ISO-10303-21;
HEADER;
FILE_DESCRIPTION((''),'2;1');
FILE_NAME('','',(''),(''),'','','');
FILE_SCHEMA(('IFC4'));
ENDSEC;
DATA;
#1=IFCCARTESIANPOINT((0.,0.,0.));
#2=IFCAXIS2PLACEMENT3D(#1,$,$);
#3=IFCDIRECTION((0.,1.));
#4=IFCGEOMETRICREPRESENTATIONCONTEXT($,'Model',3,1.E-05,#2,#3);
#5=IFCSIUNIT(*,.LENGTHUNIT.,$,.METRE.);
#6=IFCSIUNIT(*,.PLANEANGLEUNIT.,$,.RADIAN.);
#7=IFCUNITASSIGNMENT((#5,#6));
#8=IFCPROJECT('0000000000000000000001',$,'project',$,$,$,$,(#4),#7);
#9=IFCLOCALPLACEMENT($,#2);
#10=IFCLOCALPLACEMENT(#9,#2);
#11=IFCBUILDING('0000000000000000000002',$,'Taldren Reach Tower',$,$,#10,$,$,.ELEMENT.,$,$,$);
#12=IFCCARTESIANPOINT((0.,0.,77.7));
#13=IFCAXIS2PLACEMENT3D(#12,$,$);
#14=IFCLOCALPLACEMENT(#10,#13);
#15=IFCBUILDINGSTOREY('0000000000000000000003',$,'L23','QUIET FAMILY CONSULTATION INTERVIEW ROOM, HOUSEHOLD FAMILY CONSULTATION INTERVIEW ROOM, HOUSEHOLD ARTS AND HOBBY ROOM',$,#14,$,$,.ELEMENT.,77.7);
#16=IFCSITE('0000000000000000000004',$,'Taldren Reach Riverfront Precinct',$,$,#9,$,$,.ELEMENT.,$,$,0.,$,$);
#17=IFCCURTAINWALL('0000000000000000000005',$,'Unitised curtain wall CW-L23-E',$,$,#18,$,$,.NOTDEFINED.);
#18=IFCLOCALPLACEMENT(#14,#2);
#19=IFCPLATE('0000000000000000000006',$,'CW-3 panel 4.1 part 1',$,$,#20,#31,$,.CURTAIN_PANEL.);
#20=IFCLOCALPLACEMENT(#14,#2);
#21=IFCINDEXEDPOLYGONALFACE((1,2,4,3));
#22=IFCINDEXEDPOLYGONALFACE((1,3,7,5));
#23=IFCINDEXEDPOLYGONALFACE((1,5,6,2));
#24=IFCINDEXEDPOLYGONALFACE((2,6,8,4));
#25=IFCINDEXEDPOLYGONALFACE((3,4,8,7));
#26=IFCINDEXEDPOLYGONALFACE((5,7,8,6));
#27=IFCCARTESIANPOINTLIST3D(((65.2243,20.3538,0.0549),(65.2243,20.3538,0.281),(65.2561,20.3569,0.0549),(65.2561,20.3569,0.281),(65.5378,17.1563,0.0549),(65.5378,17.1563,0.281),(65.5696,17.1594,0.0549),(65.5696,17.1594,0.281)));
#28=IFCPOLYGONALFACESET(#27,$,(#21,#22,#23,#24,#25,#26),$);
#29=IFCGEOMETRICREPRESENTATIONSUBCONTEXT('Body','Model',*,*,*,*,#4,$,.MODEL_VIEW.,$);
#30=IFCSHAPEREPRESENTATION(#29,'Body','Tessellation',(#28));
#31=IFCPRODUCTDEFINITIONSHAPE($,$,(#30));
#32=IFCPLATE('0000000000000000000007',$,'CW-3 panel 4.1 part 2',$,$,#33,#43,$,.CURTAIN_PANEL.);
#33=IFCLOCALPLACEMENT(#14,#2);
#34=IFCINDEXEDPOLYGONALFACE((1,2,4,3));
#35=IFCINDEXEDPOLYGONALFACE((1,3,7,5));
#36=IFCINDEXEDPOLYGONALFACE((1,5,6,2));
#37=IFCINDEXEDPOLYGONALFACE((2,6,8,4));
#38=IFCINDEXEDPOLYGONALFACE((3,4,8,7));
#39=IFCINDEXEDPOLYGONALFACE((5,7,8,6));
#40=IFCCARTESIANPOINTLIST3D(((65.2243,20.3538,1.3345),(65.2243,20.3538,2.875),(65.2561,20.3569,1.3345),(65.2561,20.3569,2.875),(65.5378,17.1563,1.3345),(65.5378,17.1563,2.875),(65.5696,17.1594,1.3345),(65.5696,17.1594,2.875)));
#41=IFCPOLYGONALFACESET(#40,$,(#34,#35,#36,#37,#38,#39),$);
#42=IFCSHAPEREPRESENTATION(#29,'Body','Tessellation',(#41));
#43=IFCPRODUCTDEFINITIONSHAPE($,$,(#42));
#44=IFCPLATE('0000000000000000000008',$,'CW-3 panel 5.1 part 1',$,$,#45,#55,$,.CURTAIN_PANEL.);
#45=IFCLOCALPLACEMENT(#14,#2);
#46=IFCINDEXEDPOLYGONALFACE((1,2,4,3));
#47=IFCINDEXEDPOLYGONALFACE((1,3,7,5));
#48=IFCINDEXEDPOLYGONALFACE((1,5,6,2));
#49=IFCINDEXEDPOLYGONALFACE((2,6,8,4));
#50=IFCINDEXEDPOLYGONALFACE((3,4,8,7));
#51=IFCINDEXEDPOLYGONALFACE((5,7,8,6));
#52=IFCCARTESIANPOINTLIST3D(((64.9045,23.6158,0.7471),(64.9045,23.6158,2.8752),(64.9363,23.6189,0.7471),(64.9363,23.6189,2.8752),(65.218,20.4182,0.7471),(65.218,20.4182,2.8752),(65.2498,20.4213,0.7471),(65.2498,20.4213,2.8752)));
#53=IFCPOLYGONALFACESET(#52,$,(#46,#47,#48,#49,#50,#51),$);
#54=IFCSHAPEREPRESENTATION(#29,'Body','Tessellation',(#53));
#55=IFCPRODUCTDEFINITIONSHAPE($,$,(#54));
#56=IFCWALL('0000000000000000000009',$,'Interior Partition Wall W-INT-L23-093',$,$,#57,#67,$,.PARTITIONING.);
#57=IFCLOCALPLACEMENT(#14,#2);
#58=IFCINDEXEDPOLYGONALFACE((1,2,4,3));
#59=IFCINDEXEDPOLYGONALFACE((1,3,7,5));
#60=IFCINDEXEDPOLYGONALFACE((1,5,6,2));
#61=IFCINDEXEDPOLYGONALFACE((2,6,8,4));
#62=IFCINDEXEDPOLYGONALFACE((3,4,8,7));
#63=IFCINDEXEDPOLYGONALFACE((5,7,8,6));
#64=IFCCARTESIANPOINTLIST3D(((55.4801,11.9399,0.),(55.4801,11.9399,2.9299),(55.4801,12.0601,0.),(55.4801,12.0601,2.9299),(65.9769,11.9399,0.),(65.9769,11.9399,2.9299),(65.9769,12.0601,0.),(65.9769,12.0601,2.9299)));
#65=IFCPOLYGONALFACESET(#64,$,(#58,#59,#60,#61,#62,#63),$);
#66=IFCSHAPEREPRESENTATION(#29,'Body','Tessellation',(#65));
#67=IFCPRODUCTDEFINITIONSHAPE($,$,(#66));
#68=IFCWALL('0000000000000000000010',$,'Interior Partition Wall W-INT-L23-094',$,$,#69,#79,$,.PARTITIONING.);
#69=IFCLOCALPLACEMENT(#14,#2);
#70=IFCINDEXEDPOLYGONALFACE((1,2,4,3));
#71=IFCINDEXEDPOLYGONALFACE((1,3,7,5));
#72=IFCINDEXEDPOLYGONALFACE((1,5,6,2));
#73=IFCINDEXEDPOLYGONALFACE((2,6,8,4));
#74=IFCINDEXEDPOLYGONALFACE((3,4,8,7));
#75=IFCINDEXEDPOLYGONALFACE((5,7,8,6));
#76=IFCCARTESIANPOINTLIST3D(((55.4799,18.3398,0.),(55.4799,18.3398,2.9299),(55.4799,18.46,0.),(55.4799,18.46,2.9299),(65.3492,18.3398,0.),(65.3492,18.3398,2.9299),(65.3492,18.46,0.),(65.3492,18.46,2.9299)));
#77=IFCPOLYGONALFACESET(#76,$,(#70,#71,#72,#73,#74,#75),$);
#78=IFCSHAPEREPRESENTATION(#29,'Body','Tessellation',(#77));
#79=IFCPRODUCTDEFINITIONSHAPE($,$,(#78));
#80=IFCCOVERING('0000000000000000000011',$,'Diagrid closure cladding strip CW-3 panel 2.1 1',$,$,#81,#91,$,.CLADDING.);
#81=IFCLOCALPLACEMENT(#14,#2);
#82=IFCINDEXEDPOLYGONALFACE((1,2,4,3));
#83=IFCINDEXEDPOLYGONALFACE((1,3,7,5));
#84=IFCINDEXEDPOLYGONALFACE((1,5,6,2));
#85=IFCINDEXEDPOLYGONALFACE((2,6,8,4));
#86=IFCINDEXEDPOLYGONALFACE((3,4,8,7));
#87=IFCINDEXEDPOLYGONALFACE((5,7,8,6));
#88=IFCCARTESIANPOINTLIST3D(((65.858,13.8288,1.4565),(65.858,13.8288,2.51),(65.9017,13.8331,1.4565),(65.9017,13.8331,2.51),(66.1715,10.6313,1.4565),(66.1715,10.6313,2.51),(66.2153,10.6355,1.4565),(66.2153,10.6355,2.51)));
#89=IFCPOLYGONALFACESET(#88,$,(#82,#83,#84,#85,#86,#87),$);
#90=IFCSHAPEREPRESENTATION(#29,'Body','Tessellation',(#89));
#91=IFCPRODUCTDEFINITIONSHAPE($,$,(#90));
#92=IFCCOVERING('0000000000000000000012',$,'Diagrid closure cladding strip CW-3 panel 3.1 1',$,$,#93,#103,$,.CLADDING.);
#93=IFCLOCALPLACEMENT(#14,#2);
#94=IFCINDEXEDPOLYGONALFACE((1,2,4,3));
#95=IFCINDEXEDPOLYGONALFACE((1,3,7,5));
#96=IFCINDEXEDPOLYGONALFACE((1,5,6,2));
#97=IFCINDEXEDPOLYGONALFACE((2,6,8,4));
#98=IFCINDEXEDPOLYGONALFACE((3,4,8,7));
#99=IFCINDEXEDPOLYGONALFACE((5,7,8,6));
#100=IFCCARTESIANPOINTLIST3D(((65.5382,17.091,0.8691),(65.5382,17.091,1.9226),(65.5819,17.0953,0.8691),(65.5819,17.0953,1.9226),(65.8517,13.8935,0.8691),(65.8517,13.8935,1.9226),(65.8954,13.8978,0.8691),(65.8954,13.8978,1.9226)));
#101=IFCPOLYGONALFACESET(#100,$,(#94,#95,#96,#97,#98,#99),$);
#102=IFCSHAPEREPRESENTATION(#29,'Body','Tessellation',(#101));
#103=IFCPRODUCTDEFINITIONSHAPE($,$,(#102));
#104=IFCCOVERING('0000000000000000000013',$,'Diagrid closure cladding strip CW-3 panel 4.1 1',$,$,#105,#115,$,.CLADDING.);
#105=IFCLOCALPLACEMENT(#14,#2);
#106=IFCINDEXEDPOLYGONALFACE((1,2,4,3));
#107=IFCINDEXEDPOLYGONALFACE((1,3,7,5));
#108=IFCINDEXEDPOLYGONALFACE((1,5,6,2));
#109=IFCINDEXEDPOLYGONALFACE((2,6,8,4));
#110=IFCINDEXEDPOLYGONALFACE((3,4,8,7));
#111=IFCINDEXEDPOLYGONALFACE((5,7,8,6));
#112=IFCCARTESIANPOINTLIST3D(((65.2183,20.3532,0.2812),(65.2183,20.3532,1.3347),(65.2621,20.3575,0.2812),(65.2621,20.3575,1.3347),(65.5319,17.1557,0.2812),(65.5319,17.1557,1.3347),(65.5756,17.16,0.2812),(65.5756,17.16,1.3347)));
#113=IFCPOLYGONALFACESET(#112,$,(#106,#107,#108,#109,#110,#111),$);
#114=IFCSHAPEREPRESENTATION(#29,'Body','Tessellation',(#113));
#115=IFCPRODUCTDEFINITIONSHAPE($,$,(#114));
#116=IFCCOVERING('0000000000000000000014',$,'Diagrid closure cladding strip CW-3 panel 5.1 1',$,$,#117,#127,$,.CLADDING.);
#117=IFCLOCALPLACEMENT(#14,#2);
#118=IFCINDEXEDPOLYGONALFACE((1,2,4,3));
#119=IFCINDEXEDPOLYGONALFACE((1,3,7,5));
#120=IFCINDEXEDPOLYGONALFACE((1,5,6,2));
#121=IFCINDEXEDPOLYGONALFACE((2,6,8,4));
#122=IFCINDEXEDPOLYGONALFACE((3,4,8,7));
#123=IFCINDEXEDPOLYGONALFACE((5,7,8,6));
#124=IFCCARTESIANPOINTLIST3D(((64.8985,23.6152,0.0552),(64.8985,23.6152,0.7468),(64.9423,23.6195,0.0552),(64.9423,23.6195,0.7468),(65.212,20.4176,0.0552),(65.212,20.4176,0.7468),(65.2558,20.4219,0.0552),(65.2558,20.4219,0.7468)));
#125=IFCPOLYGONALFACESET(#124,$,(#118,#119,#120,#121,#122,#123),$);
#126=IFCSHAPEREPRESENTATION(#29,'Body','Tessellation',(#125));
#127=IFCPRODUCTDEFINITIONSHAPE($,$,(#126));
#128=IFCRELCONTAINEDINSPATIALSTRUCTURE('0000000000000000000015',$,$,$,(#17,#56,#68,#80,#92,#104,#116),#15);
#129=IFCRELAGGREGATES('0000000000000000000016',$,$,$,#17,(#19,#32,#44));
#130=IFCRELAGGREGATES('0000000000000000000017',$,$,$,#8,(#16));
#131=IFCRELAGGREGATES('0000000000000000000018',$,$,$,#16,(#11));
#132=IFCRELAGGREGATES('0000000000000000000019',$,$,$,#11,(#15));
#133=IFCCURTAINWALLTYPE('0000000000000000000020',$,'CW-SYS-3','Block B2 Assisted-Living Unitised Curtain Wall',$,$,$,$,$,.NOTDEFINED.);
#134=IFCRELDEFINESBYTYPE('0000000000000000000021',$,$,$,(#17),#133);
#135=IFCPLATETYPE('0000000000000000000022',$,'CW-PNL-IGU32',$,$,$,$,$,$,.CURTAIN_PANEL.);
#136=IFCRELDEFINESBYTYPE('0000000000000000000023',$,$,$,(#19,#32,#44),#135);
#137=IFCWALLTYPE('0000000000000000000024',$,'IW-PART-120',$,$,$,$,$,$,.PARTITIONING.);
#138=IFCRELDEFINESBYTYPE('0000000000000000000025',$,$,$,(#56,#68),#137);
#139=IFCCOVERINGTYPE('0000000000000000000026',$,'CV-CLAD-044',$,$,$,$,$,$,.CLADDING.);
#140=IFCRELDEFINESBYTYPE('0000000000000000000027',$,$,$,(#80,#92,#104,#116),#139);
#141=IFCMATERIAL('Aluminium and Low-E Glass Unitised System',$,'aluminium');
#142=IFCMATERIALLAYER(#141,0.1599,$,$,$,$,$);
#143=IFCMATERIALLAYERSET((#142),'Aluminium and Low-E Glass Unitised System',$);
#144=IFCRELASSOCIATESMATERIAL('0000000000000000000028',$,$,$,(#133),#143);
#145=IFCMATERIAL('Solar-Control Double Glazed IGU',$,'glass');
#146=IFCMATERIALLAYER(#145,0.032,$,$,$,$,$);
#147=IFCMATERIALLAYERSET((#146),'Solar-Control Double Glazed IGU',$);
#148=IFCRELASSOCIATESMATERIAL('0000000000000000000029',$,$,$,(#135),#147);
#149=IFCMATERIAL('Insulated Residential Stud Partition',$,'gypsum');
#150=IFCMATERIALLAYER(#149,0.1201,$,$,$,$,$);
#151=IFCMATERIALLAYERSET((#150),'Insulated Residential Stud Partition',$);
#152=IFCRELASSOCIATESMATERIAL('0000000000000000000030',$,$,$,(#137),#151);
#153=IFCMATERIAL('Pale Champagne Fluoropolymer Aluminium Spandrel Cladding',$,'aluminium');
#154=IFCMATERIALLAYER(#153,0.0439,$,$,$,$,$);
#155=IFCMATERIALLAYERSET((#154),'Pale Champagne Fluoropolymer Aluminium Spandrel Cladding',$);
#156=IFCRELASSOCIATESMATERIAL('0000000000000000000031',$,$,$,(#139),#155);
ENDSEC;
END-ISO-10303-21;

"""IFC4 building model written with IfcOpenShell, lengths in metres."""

from ifc_helpers import new_model, si_unit, direction, frame, frame_2d, origin, origin_2d, place, context, subcontext, project, spatial, rectangle, extrude, source, transform, mapped, material, layer, layer_set, type_object, element, aggregate, save


model = new_model("IFC4")

# Units and contexts
model_context = context("Model", 3, precision=1e-05, world=origin(), true_north=direction((0.0, 1.0)))
body_context = subcontext(model_context, "Body", "Model", "MODEL_VIEW")
ifc_project = project(units=[si_unit("LENGTHUNIT", "METRE"), si_unit("PLANEANGLEUNIT", "RADIAN")], contexts=[model_context])

# Site, building, storey
site_placement = place(None, origin())
site = spatial("IfcSite", under=ifc_project, at=site_placement, Name="Taldren Reach Riverfront Precinct", CompositionType="ELEMENT", RefElevation=0.0)
building_placement = place(site_placement, origin())
building = spatial("IfcBuilding", under=site, at=building_placement, Name="Taldren Reach Tower", CompositionType="ELEMENT")
storey_placement = place(building_placement, frame((0.0, 0.0, 77.7)))
storey = spatial("IfcBuildingStorey", under=building, at=storey_placement, Name="L23", Description="QUIET FAMILY CONSULTATION INTERVIEW ROOM, HOUSEHOLD FAMILY CONSULTATION INTERVIEW ROOM, HOUSEHOLD ARTS AND HOBBY ROOM", CompositionType="ELEMENT", Elevation=77.7)

# Curtain wall
ifc_material_1 = material(Name="Aluminium and Low-E Glass Unitised System", Category="aluminium")
ifc_layer_1 = layer(ifc_material_1, 0.1599)
ifc_layer_set_1 = layer_set([ifc_layer_1], Name="Aluminium and Low-E Glass Unitised System")
curtain_wall_type = type_object("IfcCurtainWallType", Name="CW-SYS-3", Description="Block B2 Assisted-Living Unitised Curtain Wall", PredefinedType="NOTDEFINED", material=ifc_layer_set_1)
curtain_wall_placement = place(storey_placement, origin())
curtain_wall = element("IfcCurtainWall", 1, at=curtain_wall_placement, inside=storey, type_object=curtain_wall_type, Name="Unitised curtain wall CW-L23-E", PredefinedType="NOTDEFINED")

# Plates
ifc_material_2 = material(Name="Solar-Control Double Glazed IGU", Category="glass")
ifc_layer_2 = layer(ifc_material_2, 0.032)
ifc_layer_set_2 = layer_set([ifc_layer_2], Name="Solar-Control Double Glazed IGU")
plate_type_1 = type_object("IfcPlateType", Name="CW-PNL-IGU32", PredefinedType="CURTAIN_PANEL", material=ifc_layer_set_2)
shared_shape_1 = source(origin(), body_context, "Body", "SweptSolid", [
    extrude(rectangle(XDim=3.2129, YDim=0.032, at=origin_2d()), origin(), (0.0, 0.0, 1.0), 0.2261),
])
plate_1_placement = place(storey_placement, frame((65.397, 18.7566, 0.0549), z_axis=(0.0, 0.0, 1.0), x_axis=(-0.097583, 0.995227, 0.0)))
plate_1 = element("IfcPlate", 2, at=plate_1_placement, type_object=plate_type_1, Name="CW-3 panel 4.1 part 1", PredefinedType="CURTAIN_PANEL", context=body_context, shape_type="MappedRepresentation", body=[
    mapped(shared_shape_1, transform((0.0, 0.0, 0.0), scale=1.0)),
])
shared_shape_2 = source(origin(), body_context, "Body", "SweptSolid", [
    extrude(rectangle(XDim=3.2129, YDim=0.032, at=origin_2d()), origin(), (0.0, 0.0, 1.0), 1.5405),
])
plate_2_placement = place(storey_placement, frame((65.397, 18.7566, 1.3345), z_axis=(0.0, 0.0, 1.0), x_axis=(-0.097583, 0.995227, 0.0)))
plate_2 = element("IfcPlate", 3, at=plate_2_placement, type_object=plate_type_1, Name="CW-3 panel 4.1 part 2", PredefinedType="CURTAIN_PANEL", context=body_context, shape_type="MappedRepresentation", body=[
    mapped(shared_shape_2, transform((0.0, 0.0, 0.0), scale=1.0)),
])
shared_shape_3 = source(origin(), body_context, "Body", "SweptSolid", [
    extrude(rectangle(XDim=3.2129, YDim=0.032, at=origin_2d()), origin(), (0.0, 0.0, 1.0), 2.1282),
])
plate_3_placement = place(storey_placement, frame((65.0771, 22.0186, 0.7471), z_axis=(0.0, 0.0, 1.0), x_axis=(-0.097583, 0.995227, 0.0)))
plate_3 = element("IfcPlate", 4, at=plate_3_placement, type_object=plate_type_1, Name="CW-3 panel 5.1 part 1", PredefinedType="CURTAIN_PANEL", context=body_context, shape_type="MappedRepresentation", body=[
    mapped(shared_shape_3, transform((0.0, 0.0, 0.0), scale=1.0)),
])
aggregate(curtain_wall, [plate_1, plate_2, plate_3])

# Walls
ifc_material_3 = material(Name="Insulated Residential Stud Partition", Category="gypsum")
ifc_layer_3 = layer(ifc_material_3, 0.1201)
ifc_layer_set_3 = layer_set([ifc_layer_3], Name="Insulated Residential Stud Partition")
wall_type = type_object("IfcWallType", Name="IW-PART-120", PredefinedType="PARTITIONING", material=ifc_layer_set_3)
shared_shape_4 = source(origin(), body_context, "Body", "SweptSolid", [
    extrude(rectangle(XDim=10.4968, YDim=0.1201, at=frame_2d((5.2485, 0.0))), origin(), (0.0, 0.0, 1.0), 2.9299),
])
wall_1_placement = place(storey_placement, frame((55.48, 12.0, 0.0), z_axis=(0.0, 0.0, 1.0), x_axis=(1.0, 0.0, 0.0)))
element("IfcWall", 5, at=wall_1_placement, inside=storey, type_object=wall_type, Name="Interior Partition Wall W-INT-L23-093", PredefinedType="PARTITIONING", context=body_context, shape_type="MappedRepresentation", body=[
    mapped(shared_shape_4, transform((0.0, 0.0, 0.0), scale=1.0)),
])
shared_shape_5 = source(origin(), body_context, "Body", "SweptSolid", [
    extrude(rectangle(XDim=9.8694, YDim=0.1201, at=frame_2d((4.9346, 0.0))), origin(), (0.0, 0.0, 1.0), 2.9299),
])
wall_2_placement = place(storey_placement, frame((55.48, 18.3999, 0.0), z_axis=(0.0, 0.0, 1.0), x_axis=(1.0, 0.0, 0.0)))
element("IfcWall", 6, at=wall_2_placement, inside=storey, type_object=wall_type, Name="Interior Partition Wall W-INT-L23-094", PredefinedType="PARTITIONING", context=body_context, shape_type="MappedRepresentation", body=[
    mapped(shared_shape_5, transform((0.0, 0.0, 0.0), scale=1.0)),
])

# Coverings
ifc_material_4 = material(Name="Pale Champagne Fluoropolymer Aluminium Spandrel Cladding", Category="aluminium")
ifc_layer_4 = layer(ifc_material_4, 0.0439)
ifc_layer_set_4 = layer_set([ifc_layer_4], Name="Pale Champagne Fluoropolymer Aluminium Spandrel Cladding")
covering_type = type_object("IfcCoveringType", Name="CV-CLAD-044", PredefinedType="CLADDING", material=ifc_layer_set_4)
shared_shape_6 = source(origin(), body_context, "Body", "SweptSolid", [
    extrude(rectangle(XDim=3.2129, YDim=0.0439, at=origin_2d()), origin(), (0.0, 0.0, 1.0), 1.0535),
])
for number, where, z_axis, x_axis, name in (
    (7, (66.0366, 12.2322, 1.4565), (0.0, 0.0, 1.0), (-0.097583, 0.995227, 0.0), "Diagrid closure cladding strip CW-3 panel 2.1 1"),
    (8, (65.7168, 15.4944, 0.8691), (0.0, 0.0, 1.0), (-0.097583, 0.995227, 0.0), "Diagrid closure cladding strip CW-3 panel 3.1 1"),
    (9, (65.397, 18.7566, 0.2812), (0.0, 0.0, 1.0), (-0.097583, 0.995227, 0.0), "Diagrid closure cladding strip CW-3 panel 4.1 1"),
):
    element("IfcCovering", number, at=place(storey_placement, frame(where, z_axis=z_axis, x_axis=x_axis)), inside=storey, type_object=covering_type, Name=name, PredefinedType="CLADDING", context=body_context, shape_type="MappedRepresentation", body=[
        mapped(shared_shape_6, transform((0.0, 0.0, 0.0), scale=1.0)),
    ])
shared_shape_7 = source(origin(), body_context, "Body", "SweptSolid", [
    extrude(rectangle(XDim=3.2129, YDim=0.0439, at=origin_2d()), origin(), (0.0, 0.0, 1.0), 0.6917),
])
covering_placement = place(storey_placement, frame((65.0771, 22.0186, 0.0552), z_axis=(0.0, 0.0, 1.0), x_axis=(-0.097583, 0.995227, 0.0)))
element("IfcCovering", 10, at=covering_placement, inside=storey, type_object=covering_type, Name="Diagrid closure cladding strip CW-3 panel 5.1 1", PredefinedType="CLADDING", context=body_context, shape_type="MappedRepresentation", body=[
    mapped(shared_shape_7, transform((0.0, 0.0, 0.0), scale=1.0)),
])

save(model, "model.ifc")
